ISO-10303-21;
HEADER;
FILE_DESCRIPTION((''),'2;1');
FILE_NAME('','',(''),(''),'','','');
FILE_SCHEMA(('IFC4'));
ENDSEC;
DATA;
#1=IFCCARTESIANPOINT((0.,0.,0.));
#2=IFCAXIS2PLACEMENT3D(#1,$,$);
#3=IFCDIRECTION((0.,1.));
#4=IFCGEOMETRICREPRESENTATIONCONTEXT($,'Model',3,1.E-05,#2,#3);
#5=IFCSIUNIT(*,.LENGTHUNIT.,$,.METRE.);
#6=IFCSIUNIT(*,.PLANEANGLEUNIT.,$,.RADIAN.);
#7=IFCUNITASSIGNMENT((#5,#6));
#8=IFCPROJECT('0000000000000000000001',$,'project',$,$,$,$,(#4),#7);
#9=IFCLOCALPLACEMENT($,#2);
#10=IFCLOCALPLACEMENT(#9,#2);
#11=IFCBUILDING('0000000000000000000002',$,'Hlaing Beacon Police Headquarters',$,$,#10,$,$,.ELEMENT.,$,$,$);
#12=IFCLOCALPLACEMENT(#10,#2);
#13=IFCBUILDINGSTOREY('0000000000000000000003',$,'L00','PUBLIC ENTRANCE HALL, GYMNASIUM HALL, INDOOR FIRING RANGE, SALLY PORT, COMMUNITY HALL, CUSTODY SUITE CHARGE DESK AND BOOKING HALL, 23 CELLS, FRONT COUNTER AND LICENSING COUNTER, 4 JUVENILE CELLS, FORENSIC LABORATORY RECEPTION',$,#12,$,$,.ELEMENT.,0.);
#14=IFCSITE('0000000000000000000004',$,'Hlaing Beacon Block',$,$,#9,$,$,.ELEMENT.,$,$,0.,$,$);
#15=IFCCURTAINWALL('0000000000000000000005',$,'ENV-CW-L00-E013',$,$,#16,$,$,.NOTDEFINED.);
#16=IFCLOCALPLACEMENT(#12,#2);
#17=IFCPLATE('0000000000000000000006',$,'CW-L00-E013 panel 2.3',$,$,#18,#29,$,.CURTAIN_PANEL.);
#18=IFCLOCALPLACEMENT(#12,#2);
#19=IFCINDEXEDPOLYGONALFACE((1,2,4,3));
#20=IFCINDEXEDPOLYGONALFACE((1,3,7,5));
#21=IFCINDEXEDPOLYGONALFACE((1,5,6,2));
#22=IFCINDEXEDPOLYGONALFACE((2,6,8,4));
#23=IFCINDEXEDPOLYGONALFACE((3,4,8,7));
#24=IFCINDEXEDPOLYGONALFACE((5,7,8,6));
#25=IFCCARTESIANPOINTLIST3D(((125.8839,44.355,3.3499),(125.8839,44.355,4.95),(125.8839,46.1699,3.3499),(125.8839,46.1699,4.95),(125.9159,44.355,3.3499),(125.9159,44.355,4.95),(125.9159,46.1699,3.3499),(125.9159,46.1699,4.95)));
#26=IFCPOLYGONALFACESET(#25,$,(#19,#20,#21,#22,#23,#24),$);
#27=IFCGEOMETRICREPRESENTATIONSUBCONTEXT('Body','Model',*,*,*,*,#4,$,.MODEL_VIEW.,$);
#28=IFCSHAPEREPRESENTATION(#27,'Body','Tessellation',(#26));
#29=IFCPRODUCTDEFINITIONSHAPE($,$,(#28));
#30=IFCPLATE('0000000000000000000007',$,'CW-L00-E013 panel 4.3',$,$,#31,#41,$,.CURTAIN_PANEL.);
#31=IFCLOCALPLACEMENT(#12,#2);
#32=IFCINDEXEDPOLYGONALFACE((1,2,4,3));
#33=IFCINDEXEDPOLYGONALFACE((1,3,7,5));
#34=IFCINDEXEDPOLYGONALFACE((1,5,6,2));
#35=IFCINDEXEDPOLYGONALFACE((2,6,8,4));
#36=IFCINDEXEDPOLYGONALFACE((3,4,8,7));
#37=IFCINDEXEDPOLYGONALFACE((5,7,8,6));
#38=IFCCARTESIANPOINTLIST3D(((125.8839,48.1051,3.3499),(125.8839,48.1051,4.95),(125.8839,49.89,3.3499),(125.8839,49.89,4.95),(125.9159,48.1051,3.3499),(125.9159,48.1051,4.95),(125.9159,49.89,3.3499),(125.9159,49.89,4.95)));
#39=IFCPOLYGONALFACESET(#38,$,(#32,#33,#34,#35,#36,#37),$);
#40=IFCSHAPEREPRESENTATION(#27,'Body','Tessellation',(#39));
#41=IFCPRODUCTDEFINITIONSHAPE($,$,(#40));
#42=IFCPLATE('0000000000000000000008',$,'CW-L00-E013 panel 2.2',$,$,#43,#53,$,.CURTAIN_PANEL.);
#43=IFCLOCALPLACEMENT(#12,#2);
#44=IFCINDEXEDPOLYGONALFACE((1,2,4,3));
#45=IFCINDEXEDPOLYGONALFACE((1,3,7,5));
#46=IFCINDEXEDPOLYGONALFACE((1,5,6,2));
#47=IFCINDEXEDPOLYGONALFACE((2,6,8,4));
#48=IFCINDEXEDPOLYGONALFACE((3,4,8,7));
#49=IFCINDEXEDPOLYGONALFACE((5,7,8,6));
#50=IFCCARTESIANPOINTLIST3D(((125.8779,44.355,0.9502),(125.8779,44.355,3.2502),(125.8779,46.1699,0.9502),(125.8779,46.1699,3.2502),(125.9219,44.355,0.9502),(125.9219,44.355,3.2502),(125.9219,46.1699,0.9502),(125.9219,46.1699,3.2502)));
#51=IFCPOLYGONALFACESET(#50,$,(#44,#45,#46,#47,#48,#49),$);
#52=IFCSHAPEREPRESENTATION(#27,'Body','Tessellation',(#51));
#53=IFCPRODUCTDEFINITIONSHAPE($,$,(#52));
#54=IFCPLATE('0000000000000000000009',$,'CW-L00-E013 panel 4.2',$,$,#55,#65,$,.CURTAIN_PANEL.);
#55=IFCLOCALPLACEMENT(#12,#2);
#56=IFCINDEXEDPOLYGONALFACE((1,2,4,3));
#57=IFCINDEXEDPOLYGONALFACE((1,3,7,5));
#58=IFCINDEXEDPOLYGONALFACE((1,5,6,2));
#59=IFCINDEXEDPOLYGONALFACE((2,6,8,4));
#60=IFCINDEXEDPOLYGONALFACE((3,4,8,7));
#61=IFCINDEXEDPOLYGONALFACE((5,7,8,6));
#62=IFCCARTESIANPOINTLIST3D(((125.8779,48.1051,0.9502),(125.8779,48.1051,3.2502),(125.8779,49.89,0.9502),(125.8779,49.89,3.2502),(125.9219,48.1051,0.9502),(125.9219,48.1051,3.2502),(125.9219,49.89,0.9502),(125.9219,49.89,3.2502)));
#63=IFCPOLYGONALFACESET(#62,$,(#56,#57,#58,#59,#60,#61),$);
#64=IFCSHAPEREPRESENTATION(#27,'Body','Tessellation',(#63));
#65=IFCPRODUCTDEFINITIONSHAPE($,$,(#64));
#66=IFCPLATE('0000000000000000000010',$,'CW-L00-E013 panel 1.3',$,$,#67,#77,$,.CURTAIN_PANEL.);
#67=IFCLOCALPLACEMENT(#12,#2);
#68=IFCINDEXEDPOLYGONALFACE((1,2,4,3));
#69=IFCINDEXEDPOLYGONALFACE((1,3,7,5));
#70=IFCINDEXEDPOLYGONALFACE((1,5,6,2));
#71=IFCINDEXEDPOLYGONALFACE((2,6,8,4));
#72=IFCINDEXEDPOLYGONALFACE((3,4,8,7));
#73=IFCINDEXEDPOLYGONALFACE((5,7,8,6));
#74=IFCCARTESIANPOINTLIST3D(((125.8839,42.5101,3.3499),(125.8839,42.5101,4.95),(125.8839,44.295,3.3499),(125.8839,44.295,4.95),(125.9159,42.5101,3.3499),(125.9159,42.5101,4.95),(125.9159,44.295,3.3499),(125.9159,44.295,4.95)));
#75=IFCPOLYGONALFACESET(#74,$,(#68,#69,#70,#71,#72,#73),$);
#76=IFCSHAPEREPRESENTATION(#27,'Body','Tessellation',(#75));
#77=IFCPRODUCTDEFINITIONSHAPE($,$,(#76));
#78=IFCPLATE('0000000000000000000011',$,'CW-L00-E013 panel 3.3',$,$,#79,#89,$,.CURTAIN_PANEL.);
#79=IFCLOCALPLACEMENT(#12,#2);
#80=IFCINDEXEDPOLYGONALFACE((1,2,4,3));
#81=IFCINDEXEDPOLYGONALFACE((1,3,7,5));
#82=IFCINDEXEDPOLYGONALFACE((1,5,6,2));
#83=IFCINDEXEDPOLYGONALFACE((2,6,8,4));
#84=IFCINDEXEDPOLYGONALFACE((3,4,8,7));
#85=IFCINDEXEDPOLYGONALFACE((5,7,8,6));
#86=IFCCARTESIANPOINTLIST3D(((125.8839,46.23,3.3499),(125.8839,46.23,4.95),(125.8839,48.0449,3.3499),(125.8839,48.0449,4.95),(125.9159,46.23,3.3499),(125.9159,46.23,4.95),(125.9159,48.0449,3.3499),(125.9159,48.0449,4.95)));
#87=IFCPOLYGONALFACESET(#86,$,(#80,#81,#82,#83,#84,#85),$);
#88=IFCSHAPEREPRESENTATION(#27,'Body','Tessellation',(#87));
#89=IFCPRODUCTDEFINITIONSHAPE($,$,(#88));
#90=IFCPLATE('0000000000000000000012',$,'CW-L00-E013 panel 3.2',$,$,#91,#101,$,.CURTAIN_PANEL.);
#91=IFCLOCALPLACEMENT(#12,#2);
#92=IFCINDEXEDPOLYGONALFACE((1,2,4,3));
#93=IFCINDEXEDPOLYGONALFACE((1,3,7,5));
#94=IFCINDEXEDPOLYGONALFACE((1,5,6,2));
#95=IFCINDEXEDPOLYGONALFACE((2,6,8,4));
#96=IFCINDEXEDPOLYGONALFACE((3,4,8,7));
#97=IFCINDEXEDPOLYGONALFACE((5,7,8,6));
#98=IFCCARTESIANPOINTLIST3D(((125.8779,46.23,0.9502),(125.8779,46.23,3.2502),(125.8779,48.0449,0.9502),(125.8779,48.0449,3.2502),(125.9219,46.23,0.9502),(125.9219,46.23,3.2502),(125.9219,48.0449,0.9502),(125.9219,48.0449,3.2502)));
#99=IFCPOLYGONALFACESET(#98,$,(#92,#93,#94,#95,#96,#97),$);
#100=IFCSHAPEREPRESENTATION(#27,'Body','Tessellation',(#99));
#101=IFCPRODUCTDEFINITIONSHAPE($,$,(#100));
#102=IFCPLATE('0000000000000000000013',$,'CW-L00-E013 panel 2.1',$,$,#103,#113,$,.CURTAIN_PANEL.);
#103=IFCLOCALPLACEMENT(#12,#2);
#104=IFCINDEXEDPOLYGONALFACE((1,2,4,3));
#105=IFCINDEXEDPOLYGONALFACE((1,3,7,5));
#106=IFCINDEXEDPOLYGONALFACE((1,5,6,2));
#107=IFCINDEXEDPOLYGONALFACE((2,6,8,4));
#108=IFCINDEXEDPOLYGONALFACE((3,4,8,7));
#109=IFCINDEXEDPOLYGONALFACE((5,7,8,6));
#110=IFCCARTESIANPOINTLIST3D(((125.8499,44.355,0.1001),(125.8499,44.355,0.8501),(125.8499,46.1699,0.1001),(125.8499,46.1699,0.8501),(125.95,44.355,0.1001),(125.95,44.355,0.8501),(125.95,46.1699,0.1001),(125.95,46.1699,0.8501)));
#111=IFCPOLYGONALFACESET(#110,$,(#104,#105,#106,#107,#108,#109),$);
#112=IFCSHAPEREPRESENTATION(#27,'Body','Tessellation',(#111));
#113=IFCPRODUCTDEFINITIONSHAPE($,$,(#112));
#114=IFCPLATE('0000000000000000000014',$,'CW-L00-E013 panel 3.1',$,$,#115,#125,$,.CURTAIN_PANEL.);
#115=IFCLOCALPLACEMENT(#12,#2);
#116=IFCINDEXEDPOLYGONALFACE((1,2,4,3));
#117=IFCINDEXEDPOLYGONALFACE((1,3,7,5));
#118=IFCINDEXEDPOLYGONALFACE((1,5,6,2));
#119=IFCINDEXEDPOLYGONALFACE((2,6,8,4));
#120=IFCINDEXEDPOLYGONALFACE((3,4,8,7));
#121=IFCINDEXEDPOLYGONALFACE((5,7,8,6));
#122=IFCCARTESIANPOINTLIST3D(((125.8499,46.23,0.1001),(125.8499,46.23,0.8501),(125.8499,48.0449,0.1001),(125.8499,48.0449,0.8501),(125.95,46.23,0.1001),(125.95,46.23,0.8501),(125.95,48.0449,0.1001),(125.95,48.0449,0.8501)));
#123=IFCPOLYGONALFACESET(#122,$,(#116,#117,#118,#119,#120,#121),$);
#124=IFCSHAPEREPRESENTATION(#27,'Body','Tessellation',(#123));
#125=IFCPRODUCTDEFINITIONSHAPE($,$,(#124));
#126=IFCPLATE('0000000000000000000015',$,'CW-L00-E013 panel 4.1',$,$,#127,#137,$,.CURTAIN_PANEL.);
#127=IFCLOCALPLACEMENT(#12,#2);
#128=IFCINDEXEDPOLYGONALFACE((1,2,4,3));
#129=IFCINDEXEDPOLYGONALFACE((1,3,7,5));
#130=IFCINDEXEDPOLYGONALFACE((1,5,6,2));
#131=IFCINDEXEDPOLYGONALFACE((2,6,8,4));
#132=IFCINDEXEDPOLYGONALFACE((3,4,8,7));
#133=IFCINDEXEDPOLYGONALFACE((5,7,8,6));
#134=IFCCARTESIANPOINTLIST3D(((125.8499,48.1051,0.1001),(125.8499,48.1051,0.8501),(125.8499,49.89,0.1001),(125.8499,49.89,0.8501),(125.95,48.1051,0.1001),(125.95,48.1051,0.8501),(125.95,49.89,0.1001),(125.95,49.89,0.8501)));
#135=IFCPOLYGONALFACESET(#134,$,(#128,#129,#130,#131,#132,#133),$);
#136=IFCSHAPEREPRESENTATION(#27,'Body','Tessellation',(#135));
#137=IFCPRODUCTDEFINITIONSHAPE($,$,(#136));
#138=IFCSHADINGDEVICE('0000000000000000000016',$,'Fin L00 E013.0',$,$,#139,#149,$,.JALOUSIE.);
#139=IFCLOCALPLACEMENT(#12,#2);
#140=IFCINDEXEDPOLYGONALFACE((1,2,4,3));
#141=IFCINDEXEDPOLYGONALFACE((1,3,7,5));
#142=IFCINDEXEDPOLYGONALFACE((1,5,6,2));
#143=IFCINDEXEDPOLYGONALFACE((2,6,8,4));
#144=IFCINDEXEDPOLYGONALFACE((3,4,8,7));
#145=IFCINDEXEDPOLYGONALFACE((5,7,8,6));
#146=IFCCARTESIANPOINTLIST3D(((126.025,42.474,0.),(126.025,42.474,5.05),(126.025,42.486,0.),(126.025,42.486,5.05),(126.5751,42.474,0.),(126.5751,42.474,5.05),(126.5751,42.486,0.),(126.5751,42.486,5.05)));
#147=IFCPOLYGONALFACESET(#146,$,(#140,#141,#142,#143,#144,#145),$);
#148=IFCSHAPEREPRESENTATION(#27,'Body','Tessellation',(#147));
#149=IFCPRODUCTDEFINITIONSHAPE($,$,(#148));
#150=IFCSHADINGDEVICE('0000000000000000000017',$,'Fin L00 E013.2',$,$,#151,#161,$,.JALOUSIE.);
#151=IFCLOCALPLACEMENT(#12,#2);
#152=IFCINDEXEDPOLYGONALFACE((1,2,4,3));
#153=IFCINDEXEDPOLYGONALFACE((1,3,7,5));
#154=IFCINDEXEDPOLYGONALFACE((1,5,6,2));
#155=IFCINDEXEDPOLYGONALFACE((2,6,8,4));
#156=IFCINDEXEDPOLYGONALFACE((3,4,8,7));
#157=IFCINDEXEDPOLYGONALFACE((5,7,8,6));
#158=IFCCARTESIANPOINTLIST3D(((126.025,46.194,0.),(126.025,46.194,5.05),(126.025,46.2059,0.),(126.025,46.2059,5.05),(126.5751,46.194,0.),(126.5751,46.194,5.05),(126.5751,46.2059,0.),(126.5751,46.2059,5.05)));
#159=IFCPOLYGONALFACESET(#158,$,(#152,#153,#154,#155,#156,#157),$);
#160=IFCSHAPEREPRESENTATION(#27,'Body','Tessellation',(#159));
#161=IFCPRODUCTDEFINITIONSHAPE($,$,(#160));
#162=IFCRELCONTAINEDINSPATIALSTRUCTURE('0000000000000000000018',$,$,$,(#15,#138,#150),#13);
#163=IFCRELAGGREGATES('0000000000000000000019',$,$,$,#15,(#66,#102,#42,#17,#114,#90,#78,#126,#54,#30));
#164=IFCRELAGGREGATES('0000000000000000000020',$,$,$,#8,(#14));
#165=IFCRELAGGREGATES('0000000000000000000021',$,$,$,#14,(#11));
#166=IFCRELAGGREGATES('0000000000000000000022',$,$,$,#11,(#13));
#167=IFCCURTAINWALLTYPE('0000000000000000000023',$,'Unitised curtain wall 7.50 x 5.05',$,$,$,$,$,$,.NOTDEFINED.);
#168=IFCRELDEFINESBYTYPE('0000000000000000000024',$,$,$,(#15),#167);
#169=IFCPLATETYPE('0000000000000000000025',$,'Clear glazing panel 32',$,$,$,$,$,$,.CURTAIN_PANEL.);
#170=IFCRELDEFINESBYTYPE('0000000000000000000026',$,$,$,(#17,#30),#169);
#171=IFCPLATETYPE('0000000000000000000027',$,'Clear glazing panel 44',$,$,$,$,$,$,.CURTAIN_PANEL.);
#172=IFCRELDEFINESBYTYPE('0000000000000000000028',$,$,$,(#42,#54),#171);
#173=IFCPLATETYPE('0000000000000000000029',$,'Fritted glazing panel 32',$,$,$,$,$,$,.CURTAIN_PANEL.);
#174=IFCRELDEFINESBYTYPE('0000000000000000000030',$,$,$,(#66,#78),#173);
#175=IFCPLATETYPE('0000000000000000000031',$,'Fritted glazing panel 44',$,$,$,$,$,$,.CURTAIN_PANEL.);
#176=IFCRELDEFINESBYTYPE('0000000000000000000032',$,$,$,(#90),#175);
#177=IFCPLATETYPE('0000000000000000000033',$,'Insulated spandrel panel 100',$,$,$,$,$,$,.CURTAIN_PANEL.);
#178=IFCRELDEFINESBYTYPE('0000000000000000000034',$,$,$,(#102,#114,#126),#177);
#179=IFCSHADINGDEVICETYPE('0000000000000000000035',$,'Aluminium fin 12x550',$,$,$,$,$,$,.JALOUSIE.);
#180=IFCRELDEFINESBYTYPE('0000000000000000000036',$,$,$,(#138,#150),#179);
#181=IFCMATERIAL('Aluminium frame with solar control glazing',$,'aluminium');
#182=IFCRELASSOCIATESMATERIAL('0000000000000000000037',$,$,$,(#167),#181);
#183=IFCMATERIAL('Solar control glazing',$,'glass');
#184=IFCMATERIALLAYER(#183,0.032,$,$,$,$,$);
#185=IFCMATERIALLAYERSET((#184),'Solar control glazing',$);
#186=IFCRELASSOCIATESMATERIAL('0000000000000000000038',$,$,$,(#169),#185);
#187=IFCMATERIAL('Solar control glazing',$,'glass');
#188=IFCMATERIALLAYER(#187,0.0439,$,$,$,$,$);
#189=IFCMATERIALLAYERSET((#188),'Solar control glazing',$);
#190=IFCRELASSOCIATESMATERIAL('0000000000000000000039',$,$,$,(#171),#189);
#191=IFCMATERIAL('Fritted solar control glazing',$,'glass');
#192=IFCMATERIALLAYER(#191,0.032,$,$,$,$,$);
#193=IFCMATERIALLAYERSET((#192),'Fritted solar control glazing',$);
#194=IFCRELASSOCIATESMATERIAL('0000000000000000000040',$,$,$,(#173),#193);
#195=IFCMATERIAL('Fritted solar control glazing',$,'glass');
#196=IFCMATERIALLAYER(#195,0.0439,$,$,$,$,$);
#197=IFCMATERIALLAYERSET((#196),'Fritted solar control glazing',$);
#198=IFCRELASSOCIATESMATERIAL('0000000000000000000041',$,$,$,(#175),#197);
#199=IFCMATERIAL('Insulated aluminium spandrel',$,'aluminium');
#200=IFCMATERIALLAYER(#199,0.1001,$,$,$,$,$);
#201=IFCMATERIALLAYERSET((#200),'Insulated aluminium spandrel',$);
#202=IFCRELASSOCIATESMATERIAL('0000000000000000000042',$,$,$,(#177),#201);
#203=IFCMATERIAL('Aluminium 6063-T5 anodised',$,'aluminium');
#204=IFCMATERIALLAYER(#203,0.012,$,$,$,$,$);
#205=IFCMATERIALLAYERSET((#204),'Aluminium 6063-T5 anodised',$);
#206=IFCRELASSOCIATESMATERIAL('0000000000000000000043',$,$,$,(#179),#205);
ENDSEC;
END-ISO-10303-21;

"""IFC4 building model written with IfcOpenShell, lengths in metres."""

from ifc_helpers import new_model, si_unit, direction, frame, origin, origin_2d, place, context, subcontext, project, spatial, rectangle, extrude, material, layer, layer_set, type_object, element, aggregate, save


model = new_model("IFC4")

# Units and contexts
model_context = context("Model", 3, precision=1e-05, world=origin(), true_north=direction((0.0, 1.0)))
body_context = subcontext(model_context, "Body", "Model", "MODEL_VIEW")
ifc_project = project(units=[si_unit("LENGTHUNIT", "METRE"), si_unit("PLANEANGLEUNIT", "RADIAN")], contexts=[model_context])

# Site, building, storey
site_placement = place(None, origin())
site = spatial("IfcSite", under=ifc_project, at=site_placement, Name="Hlaing Beacon Block", CompositionType="ELEMENT", RefElevation=0.0)
building_placement = place(site_placement, origin())
building = spatial("IfcBuilding", under=site, at=building_placement, Name="Hlaing Beacon Police Headquarters", CompositionType="ELEMENT")
storey_placement = place(building_placement, origin())
storey = spatial("IfcBuildingStorey", under=building, at=storey_placement, Name="L00", Description="PUBLIC ENTRANCE HALL, GYMNASIUM HALL, INDOOR FIRING RANGE, SALLY PORT, COMMUNITY HALL, CUSTODY SUITE CHARGE DESK AND BOOKING HALL, 23 CELLS, FRONT COUNTER AND LICENSING COUNTER, 4 JUVENILE CELLS, FORENSIC LABORATORY RECEPTION", CompositionType="ELEMENT", Elevation=0.0)

# Curtain wall, plates
ifc_material_1 = material(Name="Aluminium frame with solar control glazing", Category="aluminium")
curtain_wall_type = type_object("IfcCurtainWallType", Name="Unitised curtain wall 7.50 x 5.05", PredefinedType="NOTDEFINED", material=ifc_material_1)
curtain_wall_placement = place(storey_placement, origin())
curtain_wall = element("IfcCurtainWall", 1, at=curtain_wall_placement, inside=storey, type_object=curtain_wall_type, Name="ENV-CW-L00-E013", PredefinedType="NOTDEFINED")
ifc_material_2 = material(Name="Solar control glazing", Category="glass")
ifc_layer_1 = layer(ifc_material_2, 0.032)
ifc_layer_set_1 = layer_set([ifc_layer_1], Name="Solar control glazing")
plate_type_1 = type_object("IfcPlateType", Name="Clear glazing panel 32", PredefinedType="CURTAIN_PANEL", material=ifc_layer_set_1)
plate_1_placement = place(storey_placement, frame((125.8999, 45.2625, 3.3499), z_axis=(0.0, 0.0, 1.0), x_axis=(0.0, 1.0, 0.0)))
plate_1 = element("IfcPlate", 2, at=plate_1_placement, type_object=plate_type_1, Name="CW-L00-E013 panel 2.3", PredefinedType="CURTAIN_PANEL", context=body_context, shape_type="SweptSolid", body=[
    extrude(rectangle(XDim=1.8149, YDim=0.032, at=origin_2d()), origin(), (0.0, 0.0, 1.0), 1.6001),
])
plate_2_placement = place(storey_placement, frame((125.8999, 48.9976, 3.3499), z_axis=(0.0, 0.0, 1.0), x_axis=(0.0, 1.0, 0.0)))
plate_2 = element("IfcPlate", 3, at=plate_2_placement, type_object=plate_type_1, Name="CW-L00-E013 panel 4.3", PredefinedType="CURTAIN_PANEL", context=body_context, shape_type="SweptSolid", body=[
    extrude(rectangle(XDim=1.7849, YDim=0.032, at=origin_2d()), origin(), (0.0, 0.0, 1.0), 1.6001),
])
ifc_material_3 = material(Name="Solar control glazing", Category="glass")
ifc_layer_2 = layer(ifc_material_3, 0.0439)
ifc_layer_set_2 = layer_set([ifc_layer_2], Name="Solar control glazing")
plate_type_2 = type_object("IfcPlateType", Name="Clear glazing panel 44", PredefinedType="CURTAIN_PANEL", material=ifc_layer_set_2)
plate_3_placement = place(storey_placement, frame((125.8999, 45.2625, 0.9502), z_axis=(0.0, 0.0, 1.0), x_axis=(0.0, 1.0, 0.0)))
plate_3 = element("IfcPlate", 4, at=plate_3_placement, type_object=plate_type_2, Name="CW-L00-E013 panel 2.2", PredefinedType="CURTAIN_PANEL", context=body_context, shape_type="SweptSolid", body=[
    extrude(rectangle(XDim=1.8149, YDim=0.0439, at=origin_2d()), origin(), (0.0, 0.0, 1.0), 2.3),
])
plate_4_placement = place(storey_placement, frame((125.8999, 48.9976, 0.9502), z_axis=(0.0, 0.0, 1.0), x_axis=(0.0, 1.0, 0.0)))
plate_4 = element("IfcPlate", 5, at=plate_4_placement, type_object=plate_type_2, Name="CW-L00-E013 panel 4.2", PredefinedType="CURTAIN_PANEL", context=body_context, shape_type="SweptSolid", body=[
    extrude(rectangle(XDim=1.7849, YDim=0.0439, at=origin_2d()), origin(), (0.0, 0.0, 1.0), 2.3),
])
ifc_material_4 = material(Name="Fritted solar control glazing", Category="glass")
ifc_layer_3 = layer(ifc_material_4, 0.032)
ifc_layer_set_3 = layer_set([ifc_layer_3], Name="Fritted solar control glazing")
plate_type_3 = type_object("IfcPlateType", Name="Fritted glazing panel 32", PredefinedType="CURTAIN_PANEL", material=ifc_layer_set_3)
plate_5_placement = place(storey_placement, frame((125.8999, 43.4026, 3.3499), z_axis=(0.0, 0.0, 1.0), x_axis=(0.0, 1.0, 0.0)))
plate_5 = element("IfcPlate", 6, at=plate_5_placement, type_object=plate_type_3, Name="CW-L00-E013 panel 1.3", PredefinedType="CURTAIN_PANEL", context=body_context, shape_type="SweptSolid", body=[
    extrude(rectangle(XDim=1.7849, YDim=0.032, at=origin_2d()), origin(), (0.0, 0.0, 1.0), 1.6001),
])
plate_6_placement = place(storey_placement, frame((125.8999, 47.1375, 3.3499), z_axis=(0.0, 0.0, 1.0), x_axis=(0.0, 1.0, 0.0)))
plate_6 = element("IfcPlate", 7, at=plate_6_placement, type_object=plate_type_3, Name="CW-L00-E013 panel 3.3", PredefinedType="CURTAIN_PANEL", context=body_context, shape_type="SweptSolid", body=[
    extrude(rectangle(XDim=1.8149, YDim=0.032, at=origin_2d()), origin(), (0.0, 0.0, 1.0), 1.6001),
])
ifc_material_5 = material(Name="Fritted solar control glazing", Category="glass")
ifc_layer_4 = layer(ifc_material_5, 0.0439)
ifc_layer_set_4 = layer_set([ifc_layer_4], Name="Fritted solar control glazing")
plate_type_4 = type_object("IfcPlateType", Name="Fritted glazing panel 44", PredefinedType="CURTAIN_PANEL", material=ifc_layer_set_4)
plate_7_placement = place(storey_placement, frame((125.8999, 47.1375, 0.9502), z_axis=(0.0, 0.0, 1.0), x_axis=(0.0, 1.0, 0.0)))
plate_7 = element("IfcPlate", 8, at=plate_7_placement, type_object=plate_type_4, Name="CW-L00-E013 panel 3.2", PredefinedType="CURTAIN_PANEL", context=body_context, shape_type="SweptSolid", body=[
    extrude(rectangle(XDim=1.8149, YDim=0.0439, at=origin_2d()), origin(), (0.0, 0.0, 1.0), 2.3),
])
ifc_material_6 = material(Name="Insulated aluminium spandrel", Category="aluminium")
ifc_layer_5 = layer(ifc_material_6, 0.1001)
ifc_layer_set_5 = layer_set([ifc_layer_5], Name="Insulated aluminium spandrel")
plate_type_5 = type_object("IfcPlateType", Name="Insulated spandrel panel 100", PredefinedType="CURTAIN_PANEL", material=ifc_layer_set_5)
plate_8_placement = place(storey_placement, frame((125.8999, 45.2625, 0.1001), z_axis=(0.0, 0.0, 1.0), x_axis=(0.0, 1.0, 0.0)))
plate_8 = element("IfcPlate", 9, at=plate_8_placement, type_object=plate_type_5, Name="CW-L00-E013 panel 2.1", PredefinedType="CURTAIN_PANEL", context=body_context, shape_type="SweptSolid", body=[
    extrude(rectangle(XDim=1.8149, YDim=0.1001, at=origin_2d()), origin(), (0.0, 0.0, 1.0), 0.75),
])
plate_9_placement = place(storey_placement, frame((125.8999, 47.1375, 0.1001), z_axis=(0.0, 0.0, 1.0), x_axis=(0.0, 1.0, 0.0)))
plate_9 = element("IfcPlate", 10, at=plate_9_placement, type_object=plate_type_5, Name="CW-L00-E013 panel 3.1", PredefinedType="CURTAIN_PANEL", context=body_context, shape_type="SweptSolid", body=[
    extrude(rectangle(XDim=1.8149, YDim=0.1001, at=origin_2d()), origin(), (0.0, 0.0, 1.0), 0.75),
])
plate_10_placement = place(storey_placement, frame((125.8999, 48.9976, 0.1001), z_axis=(0.0, 0.0, 1.0), x_axis=(0.0, 1.0, 0.0)))
plate_10 = element("IfcPlate", 11, at=plate_10_placement, type_object=plate_type_5, Name="CW-L00-E013 panel 4.1", PredefinedType="CURTAIN_PANEL", context=body_context, shape_type="SweptSolid", body=[
    extrude(rectangle(XDim=1.7849, YDim=0.1001, at=origin_2d()), origin(), (0.0, 0.0, 1.0), 0.75),
])
aggregate(curtain_wall, [plate_5, plate_8, plate_3, plate_1, plate_9, plate_7, plate_6, plate_10, plate_4, plate_2])

# Shading devices
ifc_material_7 = material(Name="Aluminium 6063-T5 anodised", Category="aluminium")
ifc_layer_6 = layer(ifc_material_7, 0.012)
ifc_layer_set_6 = layer_set([ifc_layer_6], Name="Aluminium 6063-T5 anodised")
shading_device_type = type_object("IfcShadingDeviceType", Name="Aluminium fin 12x550", PredefinedType="JALOUSIE", material=ifc_layer_set_6)
for number, where, z_axis, x_axis, name in (
    (12, (126.3, 42.48, 0.0), (0.0, 0.0, 1.0), (0.0, 1.0, 0.0), "Fin L00 E013.0"),
    (13, (126.3, 46.2, 0.0), (0.0, 0.0, 1.0), (0.0, 1.0, 0.0), "Fin L00 E013.2"),
):
    element("IfcShadingDevice", number, at=place(storey_placement, frame(where, z_axis=z_axis, x_axis=x_axis)), inside=storey, type_object=shading_device_type, Name=name, PredefinedType="JALOUSIE", context=body_context, shape_type="SweptSolid", body=[
        extrude(rectangle(XDim=0.012, YDim=0.55, at=origin_2d()), origin(), (0.0, 0.0, 1.0), 5.05),
    ])

save(model, "model.ifc")
